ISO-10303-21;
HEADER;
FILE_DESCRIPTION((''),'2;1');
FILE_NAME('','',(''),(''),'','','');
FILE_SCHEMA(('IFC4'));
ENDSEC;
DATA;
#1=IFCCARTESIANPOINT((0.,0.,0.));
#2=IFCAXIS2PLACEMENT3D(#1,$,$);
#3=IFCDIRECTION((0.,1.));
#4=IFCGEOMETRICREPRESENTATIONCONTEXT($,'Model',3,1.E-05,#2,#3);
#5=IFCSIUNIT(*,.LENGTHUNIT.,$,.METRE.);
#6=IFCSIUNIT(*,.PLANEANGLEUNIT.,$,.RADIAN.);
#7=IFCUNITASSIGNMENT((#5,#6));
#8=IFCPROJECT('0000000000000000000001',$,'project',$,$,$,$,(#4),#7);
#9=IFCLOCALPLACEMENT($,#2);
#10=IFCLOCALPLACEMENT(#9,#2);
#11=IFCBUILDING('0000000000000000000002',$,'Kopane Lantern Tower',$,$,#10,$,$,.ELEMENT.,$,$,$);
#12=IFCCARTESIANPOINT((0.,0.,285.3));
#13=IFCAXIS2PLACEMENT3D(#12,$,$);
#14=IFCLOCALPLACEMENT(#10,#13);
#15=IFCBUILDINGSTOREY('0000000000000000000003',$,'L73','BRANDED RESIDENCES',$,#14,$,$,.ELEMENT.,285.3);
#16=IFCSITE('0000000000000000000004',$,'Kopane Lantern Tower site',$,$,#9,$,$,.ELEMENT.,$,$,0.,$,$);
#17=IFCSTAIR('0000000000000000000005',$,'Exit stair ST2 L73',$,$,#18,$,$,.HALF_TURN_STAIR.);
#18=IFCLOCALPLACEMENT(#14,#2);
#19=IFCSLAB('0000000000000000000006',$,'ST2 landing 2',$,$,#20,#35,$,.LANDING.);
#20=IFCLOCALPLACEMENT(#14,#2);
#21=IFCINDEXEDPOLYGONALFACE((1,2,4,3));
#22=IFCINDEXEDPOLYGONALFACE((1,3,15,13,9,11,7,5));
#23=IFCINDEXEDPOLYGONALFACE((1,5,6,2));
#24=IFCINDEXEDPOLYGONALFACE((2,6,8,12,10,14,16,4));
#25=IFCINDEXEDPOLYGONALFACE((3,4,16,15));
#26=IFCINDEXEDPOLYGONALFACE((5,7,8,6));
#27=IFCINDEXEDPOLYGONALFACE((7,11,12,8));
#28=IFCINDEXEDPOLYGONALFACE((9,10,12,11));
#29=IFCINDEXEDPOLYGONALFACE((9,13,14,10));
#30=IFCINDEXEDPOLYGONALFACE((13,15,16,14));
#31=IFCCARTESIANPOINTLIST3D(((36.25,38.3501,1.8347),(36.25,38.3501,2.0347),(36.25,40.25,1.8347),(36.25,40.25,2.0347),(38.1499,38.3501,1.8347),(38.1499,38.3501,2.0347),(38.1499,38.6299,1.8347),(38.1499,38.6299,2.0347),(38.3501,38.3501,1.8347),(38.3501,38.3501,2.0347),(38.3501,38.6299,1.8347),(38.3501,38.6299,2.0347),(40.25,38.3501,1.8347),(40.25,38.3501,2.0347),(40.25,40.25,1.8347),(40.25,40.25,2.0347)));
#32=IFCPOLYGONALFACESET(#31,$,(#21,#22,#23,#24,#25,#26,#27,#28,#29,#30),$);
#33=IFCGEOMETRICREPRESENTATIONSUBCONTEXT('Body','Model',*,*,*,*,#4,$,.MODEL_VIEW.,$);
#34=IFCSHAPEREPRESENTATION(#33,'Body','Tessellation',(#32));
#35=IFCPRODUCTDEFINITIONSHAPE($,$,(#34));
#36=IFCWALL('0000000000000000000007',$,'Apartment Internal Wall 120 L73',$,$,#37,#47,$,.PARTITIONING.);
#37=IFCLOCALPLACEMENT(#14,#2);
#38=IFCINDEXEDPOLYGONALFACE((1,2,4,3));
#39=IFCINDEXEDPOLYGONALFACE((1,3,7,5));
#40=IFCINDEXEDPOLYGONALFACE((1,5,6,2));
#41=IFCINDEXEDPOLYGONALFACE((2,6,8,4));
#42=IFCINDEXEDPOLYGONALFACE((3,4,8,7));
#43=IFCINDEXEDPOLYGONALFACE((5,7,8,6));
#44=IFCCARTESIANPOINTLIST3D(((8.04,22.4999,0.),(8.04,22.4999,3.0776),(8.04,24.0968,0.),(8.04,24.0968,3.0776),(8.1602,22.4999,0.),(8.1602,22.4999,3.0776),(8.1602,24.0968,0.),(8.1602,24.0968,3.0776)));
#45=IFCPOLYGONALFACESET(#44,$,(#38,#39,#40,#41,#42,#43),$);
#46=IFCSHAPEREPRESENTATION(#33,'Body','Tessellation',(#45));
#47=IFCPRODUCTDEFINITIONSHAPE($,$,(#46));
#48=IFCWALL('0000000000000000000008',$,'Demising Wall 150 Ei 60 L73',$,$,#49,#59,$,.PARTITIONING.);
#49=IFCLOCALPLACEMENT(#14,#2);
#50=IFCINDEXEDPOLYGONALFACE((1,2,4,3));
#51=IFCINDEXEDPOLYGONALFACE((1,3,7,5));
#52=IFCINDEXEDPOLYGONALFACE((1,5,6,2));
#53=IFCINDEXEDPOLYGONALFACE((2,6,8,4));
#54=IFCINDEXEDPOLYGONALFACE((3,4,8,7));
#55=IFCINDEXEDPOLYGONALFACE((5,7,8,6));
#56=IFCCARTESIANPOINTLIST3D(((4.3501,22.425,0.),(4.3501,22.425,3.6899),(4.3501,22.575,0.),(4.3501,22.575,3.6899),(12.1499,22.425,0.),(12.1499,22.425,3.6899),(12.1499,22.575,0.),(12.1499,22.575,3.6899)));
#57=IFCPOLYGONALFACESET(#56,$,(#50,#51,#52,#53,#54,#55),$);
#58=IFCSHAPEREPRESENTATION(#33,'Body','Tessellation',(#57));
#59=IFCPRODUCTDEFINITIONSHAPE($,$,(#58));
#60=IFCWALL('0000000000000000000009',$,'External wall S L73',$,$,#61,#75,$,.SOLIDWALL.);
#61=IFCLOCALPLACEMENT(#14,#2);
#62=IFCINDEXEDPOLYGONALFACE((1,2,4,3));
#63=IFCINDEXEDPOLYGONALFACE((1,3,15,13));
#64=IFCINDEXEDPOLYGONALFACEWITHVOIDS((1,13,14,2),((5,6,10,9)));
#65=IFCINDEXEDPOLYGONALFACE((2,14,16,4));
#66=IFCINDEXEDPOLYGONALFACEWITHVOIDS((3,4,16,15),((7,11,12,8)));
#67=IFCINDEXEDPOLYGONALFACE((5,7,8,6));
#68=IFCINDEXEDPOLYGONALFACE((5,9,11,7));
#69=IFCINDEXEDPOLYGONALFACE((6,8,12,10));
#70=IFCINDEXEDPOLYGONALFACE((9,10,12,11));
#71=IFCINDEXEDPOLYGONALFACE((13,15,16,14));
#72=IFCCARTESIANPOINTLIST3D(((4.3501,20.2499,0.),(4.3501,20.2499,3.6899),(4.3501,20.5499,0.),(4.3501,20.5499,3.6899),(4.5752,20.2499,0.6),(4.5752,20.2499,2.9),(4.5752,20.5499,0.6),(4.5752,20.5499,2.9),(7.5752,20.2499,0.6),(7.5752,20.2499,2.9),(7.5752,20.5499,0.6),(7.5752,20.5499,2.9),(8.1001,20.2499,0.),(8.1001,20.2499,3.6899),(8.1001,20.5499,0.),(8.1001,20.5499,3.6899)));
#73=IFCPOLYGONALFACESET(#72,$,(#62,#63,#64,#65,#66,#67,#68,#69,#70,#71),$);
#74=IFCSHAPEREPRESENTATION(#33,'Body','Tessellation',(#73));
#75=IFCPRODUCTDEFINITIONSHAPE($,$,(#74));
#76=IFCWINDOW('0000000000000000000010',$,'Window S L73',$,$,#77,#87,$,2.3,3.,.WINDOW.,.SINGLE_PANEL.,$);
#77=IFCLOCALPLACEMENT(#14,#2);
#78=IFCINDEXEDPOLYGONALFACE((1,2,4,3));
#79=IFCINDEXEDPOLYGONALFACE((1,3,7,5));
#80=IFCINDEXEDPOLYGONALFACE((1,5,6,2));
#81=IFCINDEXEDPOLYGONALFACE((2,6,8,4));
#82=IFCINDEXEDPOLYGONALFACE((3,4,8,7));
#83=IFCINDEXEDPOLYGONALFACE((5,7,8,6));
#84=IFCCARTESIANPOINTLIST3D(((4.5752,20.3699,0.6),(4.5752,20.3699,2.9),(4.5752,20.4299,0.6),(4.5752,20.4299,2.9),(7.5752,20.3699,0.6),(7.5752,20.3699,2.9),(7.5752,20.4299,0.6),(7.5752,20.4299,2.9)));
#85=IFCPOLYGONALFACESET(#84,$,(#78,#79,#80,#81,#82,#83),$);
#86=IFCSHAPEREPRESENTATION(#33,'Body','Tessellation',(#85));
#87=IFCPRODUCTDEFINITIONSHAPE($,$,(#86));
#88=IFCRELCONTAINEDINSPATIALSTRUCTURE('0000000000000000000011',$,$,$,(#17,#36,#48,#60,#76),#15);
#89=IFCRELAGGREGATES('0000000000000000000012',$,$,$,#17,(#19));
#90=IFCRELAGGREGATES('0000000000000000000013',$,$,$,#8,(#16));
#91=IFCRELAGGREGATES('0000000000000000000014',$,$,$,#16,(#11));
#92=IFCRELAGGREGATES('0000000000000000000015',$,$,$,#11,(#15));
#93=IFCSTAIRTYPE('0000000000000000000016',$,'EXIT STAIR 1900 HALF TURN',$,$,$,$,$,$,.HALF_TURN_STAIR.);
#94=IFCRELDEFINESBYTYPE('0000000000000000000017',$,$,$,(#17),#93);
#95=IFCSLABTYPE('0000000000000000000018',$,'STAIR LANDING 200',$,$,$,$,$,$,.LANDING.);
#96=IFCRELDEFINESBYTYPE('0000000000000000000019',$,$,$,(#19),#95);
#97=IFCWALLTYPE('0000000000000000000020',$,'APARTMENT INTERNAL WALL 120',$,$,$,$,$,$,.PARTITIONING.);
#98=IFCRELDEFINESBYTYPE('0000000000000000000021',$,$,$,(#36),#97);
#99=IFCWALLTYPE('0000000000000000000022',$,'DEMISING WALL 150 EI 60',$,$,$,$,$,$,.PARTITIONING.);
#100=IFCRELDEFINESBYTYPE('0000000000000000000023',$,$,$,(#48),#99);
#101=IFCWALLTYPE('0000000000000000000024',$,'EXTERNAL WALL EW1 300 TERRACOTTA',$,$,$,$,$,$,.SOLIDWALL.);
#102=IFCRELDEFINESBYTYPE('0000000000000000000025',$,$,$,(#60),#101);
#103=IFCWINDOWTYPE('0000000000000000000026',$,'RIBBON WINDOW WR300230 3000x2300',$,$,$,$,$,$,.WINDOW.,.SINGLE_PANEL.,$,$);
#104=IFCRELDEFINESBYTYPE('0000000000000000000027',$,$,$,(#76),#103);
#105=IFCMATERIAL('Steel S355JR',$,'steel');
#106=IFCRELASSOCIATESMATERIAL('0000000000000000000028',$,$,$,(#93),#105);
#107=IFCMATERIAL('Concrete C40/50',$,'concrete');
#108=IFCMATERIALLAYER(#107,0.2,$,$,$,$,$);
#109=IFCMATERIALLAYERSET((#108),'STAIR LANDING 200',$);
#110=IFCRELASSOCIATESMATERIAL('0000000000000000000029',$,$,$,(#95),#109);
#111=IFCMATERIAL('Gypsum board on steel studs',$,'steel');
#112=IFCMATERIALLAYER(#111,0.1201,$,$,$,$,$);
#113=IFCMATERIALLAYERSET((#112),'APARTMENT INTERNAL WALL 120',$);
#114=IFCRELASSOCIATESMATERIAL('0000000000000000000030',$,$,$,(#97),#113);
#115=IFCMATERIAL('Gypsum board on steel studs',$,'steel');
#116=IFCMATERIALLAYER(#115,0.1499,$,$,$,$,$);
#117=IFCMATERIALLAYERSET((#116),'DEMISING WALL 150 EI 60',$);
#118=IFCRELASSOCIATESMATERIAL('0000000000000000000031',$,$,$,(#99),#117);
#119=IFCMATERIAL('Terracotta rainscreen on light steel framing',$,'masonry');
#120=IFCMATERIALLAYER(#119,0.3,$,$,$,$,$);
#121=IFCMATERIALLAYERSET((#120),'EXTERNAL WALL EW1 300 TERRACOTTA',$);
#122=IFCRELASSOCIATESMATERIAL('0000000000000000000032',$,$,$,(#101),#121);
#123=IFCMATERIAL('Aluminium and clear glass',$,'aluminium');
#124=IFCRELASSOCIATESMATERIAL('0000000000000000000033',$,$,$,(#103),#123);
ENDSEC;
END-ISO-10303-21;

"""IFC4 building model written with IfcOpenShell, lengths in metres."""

from ifc_helpers import new_model, si_unit, direction, frame, frame_2d, origin, place, context, subcontext, project, spatial, polyline, rectangle, outline, extrude, material, layer, layer_set, type_object, element, fill, aggregate, save


model = new_model("IFC4")

# Units and contexts
model_context = context("Model", 3, precision=1e-05, world=origin(), true_north=direction((0.0, 1.0)))
body_context = subcontext(model_context, "Body", "Model", "MODEL_VIEW")
ifc_project = project(units=[si_unit("LENGTHUNIT", "METRE"), si_unit("PLANEANGLEUNIT", "RADIAN")], contexts=[model_context])

# Site, building, storey
site_placement = place(None, origin())
site = spatial("IfcSite", under=ifc_project, at=site_placement, Name="Kopane Lantern Tower site", CompositionType="ELEMENT", RefElevation=0.0)
building_placement = place(site_placement, origin())
building = spatial("IfcBuilding", under=site, at=building_placement, Name="Kopane Lantern Tower", CompositionType="ELEMENT")
storey_placement = place(building_placement, frame((0.0, 0.0, 285.3)))
storey = spatial("IfcBuildingStorey", under=building, at=storey_placement, Name="L73", Description="BRANDED RESIDENCES", CompositionType="ELEMENT", Elevation=285.3)

# Stair, slab
ifc_material_1 = material(Name="Steel S355JR", Category="steel")
stair_type = type_object("IfcStairType", Name="EXIT STAIR 1900 HALF TURN", PredefinedType="HALF_TURN_STAIR", material=ifc_material_1)
ifc_material_2 = material(Name="Concrete C40/50", Category="concrete")
ifc_layer_1 = layer(ifc_material_2, 0.2)
ifc_layer_set_1 = layer_set([ifc_layer_1], Name="STAIR LANDING 200")
slab_type_1 = type_object("IfcSlabType", Name="STAIR LANDING 200", PredefinedType="LANDING", material=ifc_layer_set_1)
stair_1_placement = place(storey_placement, origin())
stair_1 = element("IfcStair", 1, at=stair_1_placement, inside=storey, type_object=stair_type, Name="Exit stair ST2 L73", PredefinedType="HALF_TURN_STAIR")
slab_1_placement = place(storey_placement, frame((0.0, 0.0, 1.8347)))
slab_1 = element("IfcSlab", 2, at=slab_1_placement, type_object=slab_type_1, Name="ST2 landing 2", PredefinedType="LANDING", context=body_context, shape_type="SweptSolid", body=[
    extrude(outline(polyline([(38.1499, 38.6299), (38.3501, 38.6299), (38.3501, 38.3501), (40.25, 38.3501), (40.25, 40.25), (36.25, 40.25), (36.25, 38.3501), (38.1499, 38.3501), (38.1499, 38.6299)])), origin(), (0.0, 0.0, 1.0), 0.2),
])
aggregate(stair_1, [slab_1])

# Walls
ifc_material_3 = material(Name="Gypsum board on steel studs", Category="steel")
ifc_layer_2 = layer(ifc_material_3, 0.1201)
ifc_layer_set_2 = layer_set([ifc_layer_2], Name="APARTMENT INTERNAL WALL 120")
wall_type_1 = type_object("IfcWallType", Name="APARTMENT INTERNAL WALL 120", PredefinedType="PARTITIONING", material=ifc_layer_set_2)
wall_1_placement = place(storey_placement, frame((8.1001, 22.5, 0.0), z_axis=(0.0, 0.0, 1.0), x_axis=(0.0, 1.0, 0.0)))
element("IfcWall", 3, at=wall_1_placement, inside=storey, type_object=wall_type_1, Name="Apartment Internal Wall 120 L73", PredefinedType="PARTITIONING", context=body_context, shape_type="SweptSolid", body=[
    extrude(rectangle(XDim=1.5969, YDim=0.1201, at=frame_2d((0.7983, 0.0))), origin(), (0.0, 0.0, 1.0), 3.0776),
])
ifc_material_4 = material(Name="Gypsum board on steel studs", Category="steel")
ifc_layer_3 = layer(ifc_material_4, 0.1499)
ifc_layer_set_3 = layer_set([ifc_layer_3], Name="DEMISING WALL 150 EI 60")
wall_type_2 = type_object("IfcWallType", Name="DEMISING WALL 150 EI 60", PredefinedType="PARTITIONING", material=ifc_layer_set_3)
wall_2_placement = place(storey_placement, frame((4.3501, 22.5, 0.0), z_axis=(0.0, 0.0, 1.0), x_axis=(1.0, 0.0, 0.0)))
element("IfcWall", 4, at=wall_2_placement, inside=storey, type_object=wall_type_2, Name="Demising Wall 150 Ei 60 L73", PredefinedType="PARTITIONING", context=body_context, shape_type="SweptSolid", body=[
    extrude(rectangle(XDim=7.7998, YDim=0.1499, at=frame_2d((3.8999, 0.0))), origin(), (0.0, 0.0, 1.0), 3.6899),
])

# Wall, opening, window
ifc_material_5 = material(Name="Terracotta rainscreen on light steel framing", Category="masonry")
ifc_layer_4 = layer(ifc_material_5, 0.3)
ifc_layer_set_4 = layer_set([ifc_layer_4], Name="EXTERNAL WALL EW1 300 TERRACOTTA")
wall_type_3 = type_object("IfcWallType", Name="EXTERNAL WALL EW1 300 TERRACOTTA", PredefinedType="SOLIDWALL", material=ifc_layer_set_4)
wall_3_placement = place(storey_placement, frame((4.3501, 20.3999, 0.0), z_axis=(0.0, 0.0, 1.0), x_axis=(1.0, 0.0, 0.0)))
wall_3 = element("IfcWall", 5, at=wall_3_placement, inside=storey, type_object=wall_type_3, Name="External wall S L73", PredefinedType="SOLIDWALL", context=body_context, shape_type="SweptSolid", body=[
    extrude(rectangle(XDim=3.75, YDim=0.3, at=frame_2d((1.875, 0.0))), origin(), (0.0, 0.0, 1.0), 3.6899),
])
opening_placement = place(wall_3_placement, frame((0.2251, 0.0, 0.6001)))
opening = element("IfcOpeningElement", 6, at=opening_placement, cuts=wall_3, PredefinedType="OPENING", context=body_context, shape_type="SweptSolid", body=[
    extrude(rectangle(XDim=3.0, YDim=2.3, at=frame_2d((1.5, 1.1499))), frame((0.0, 0.1599, 0.0), z_axis=(0.0, -1.0, 0.0), x_axis=(1.0, 0.0, 0.0)), (0.0, 0.0, 1.0), 0.3201),
])
ifc_material_6 = material(Name="Aluminium and clear glass", Category="aluminium")
window_type = type_object("IfcWindowType", Name="RIBBON WINDOW WR300230 3000x2300", PartitioningType="SINGLE_PANEL", PredefinedType="WINDOW", material=ifc_material_6)
window_placement = place(opening_placement, origin())
window = element("IfcWindow", 7, at=window_placement, inside=storey, type_object=window_type, Name="Window S L73", OverallHeight=2.3, OverallWidth=3.0, PartitioningType="SINGLE_PANEL", PredefinedType="WINDOW", context=body_context, shape_type="SweptSolid", body=[
    extrude(rectangle(XDim=3.0, YDim=2.3, at=frame_2d((1.5, 1.1499))), frame((0.0, 0.03, 0.0), z_axis=(0.0, -1.0, 0.0), x_axis=(1.0, 0.0, 0.0)), (0.0, 0.0, 1.0), 0.0601),
])
fill(opening, window)

save(model, "model.ifc")
